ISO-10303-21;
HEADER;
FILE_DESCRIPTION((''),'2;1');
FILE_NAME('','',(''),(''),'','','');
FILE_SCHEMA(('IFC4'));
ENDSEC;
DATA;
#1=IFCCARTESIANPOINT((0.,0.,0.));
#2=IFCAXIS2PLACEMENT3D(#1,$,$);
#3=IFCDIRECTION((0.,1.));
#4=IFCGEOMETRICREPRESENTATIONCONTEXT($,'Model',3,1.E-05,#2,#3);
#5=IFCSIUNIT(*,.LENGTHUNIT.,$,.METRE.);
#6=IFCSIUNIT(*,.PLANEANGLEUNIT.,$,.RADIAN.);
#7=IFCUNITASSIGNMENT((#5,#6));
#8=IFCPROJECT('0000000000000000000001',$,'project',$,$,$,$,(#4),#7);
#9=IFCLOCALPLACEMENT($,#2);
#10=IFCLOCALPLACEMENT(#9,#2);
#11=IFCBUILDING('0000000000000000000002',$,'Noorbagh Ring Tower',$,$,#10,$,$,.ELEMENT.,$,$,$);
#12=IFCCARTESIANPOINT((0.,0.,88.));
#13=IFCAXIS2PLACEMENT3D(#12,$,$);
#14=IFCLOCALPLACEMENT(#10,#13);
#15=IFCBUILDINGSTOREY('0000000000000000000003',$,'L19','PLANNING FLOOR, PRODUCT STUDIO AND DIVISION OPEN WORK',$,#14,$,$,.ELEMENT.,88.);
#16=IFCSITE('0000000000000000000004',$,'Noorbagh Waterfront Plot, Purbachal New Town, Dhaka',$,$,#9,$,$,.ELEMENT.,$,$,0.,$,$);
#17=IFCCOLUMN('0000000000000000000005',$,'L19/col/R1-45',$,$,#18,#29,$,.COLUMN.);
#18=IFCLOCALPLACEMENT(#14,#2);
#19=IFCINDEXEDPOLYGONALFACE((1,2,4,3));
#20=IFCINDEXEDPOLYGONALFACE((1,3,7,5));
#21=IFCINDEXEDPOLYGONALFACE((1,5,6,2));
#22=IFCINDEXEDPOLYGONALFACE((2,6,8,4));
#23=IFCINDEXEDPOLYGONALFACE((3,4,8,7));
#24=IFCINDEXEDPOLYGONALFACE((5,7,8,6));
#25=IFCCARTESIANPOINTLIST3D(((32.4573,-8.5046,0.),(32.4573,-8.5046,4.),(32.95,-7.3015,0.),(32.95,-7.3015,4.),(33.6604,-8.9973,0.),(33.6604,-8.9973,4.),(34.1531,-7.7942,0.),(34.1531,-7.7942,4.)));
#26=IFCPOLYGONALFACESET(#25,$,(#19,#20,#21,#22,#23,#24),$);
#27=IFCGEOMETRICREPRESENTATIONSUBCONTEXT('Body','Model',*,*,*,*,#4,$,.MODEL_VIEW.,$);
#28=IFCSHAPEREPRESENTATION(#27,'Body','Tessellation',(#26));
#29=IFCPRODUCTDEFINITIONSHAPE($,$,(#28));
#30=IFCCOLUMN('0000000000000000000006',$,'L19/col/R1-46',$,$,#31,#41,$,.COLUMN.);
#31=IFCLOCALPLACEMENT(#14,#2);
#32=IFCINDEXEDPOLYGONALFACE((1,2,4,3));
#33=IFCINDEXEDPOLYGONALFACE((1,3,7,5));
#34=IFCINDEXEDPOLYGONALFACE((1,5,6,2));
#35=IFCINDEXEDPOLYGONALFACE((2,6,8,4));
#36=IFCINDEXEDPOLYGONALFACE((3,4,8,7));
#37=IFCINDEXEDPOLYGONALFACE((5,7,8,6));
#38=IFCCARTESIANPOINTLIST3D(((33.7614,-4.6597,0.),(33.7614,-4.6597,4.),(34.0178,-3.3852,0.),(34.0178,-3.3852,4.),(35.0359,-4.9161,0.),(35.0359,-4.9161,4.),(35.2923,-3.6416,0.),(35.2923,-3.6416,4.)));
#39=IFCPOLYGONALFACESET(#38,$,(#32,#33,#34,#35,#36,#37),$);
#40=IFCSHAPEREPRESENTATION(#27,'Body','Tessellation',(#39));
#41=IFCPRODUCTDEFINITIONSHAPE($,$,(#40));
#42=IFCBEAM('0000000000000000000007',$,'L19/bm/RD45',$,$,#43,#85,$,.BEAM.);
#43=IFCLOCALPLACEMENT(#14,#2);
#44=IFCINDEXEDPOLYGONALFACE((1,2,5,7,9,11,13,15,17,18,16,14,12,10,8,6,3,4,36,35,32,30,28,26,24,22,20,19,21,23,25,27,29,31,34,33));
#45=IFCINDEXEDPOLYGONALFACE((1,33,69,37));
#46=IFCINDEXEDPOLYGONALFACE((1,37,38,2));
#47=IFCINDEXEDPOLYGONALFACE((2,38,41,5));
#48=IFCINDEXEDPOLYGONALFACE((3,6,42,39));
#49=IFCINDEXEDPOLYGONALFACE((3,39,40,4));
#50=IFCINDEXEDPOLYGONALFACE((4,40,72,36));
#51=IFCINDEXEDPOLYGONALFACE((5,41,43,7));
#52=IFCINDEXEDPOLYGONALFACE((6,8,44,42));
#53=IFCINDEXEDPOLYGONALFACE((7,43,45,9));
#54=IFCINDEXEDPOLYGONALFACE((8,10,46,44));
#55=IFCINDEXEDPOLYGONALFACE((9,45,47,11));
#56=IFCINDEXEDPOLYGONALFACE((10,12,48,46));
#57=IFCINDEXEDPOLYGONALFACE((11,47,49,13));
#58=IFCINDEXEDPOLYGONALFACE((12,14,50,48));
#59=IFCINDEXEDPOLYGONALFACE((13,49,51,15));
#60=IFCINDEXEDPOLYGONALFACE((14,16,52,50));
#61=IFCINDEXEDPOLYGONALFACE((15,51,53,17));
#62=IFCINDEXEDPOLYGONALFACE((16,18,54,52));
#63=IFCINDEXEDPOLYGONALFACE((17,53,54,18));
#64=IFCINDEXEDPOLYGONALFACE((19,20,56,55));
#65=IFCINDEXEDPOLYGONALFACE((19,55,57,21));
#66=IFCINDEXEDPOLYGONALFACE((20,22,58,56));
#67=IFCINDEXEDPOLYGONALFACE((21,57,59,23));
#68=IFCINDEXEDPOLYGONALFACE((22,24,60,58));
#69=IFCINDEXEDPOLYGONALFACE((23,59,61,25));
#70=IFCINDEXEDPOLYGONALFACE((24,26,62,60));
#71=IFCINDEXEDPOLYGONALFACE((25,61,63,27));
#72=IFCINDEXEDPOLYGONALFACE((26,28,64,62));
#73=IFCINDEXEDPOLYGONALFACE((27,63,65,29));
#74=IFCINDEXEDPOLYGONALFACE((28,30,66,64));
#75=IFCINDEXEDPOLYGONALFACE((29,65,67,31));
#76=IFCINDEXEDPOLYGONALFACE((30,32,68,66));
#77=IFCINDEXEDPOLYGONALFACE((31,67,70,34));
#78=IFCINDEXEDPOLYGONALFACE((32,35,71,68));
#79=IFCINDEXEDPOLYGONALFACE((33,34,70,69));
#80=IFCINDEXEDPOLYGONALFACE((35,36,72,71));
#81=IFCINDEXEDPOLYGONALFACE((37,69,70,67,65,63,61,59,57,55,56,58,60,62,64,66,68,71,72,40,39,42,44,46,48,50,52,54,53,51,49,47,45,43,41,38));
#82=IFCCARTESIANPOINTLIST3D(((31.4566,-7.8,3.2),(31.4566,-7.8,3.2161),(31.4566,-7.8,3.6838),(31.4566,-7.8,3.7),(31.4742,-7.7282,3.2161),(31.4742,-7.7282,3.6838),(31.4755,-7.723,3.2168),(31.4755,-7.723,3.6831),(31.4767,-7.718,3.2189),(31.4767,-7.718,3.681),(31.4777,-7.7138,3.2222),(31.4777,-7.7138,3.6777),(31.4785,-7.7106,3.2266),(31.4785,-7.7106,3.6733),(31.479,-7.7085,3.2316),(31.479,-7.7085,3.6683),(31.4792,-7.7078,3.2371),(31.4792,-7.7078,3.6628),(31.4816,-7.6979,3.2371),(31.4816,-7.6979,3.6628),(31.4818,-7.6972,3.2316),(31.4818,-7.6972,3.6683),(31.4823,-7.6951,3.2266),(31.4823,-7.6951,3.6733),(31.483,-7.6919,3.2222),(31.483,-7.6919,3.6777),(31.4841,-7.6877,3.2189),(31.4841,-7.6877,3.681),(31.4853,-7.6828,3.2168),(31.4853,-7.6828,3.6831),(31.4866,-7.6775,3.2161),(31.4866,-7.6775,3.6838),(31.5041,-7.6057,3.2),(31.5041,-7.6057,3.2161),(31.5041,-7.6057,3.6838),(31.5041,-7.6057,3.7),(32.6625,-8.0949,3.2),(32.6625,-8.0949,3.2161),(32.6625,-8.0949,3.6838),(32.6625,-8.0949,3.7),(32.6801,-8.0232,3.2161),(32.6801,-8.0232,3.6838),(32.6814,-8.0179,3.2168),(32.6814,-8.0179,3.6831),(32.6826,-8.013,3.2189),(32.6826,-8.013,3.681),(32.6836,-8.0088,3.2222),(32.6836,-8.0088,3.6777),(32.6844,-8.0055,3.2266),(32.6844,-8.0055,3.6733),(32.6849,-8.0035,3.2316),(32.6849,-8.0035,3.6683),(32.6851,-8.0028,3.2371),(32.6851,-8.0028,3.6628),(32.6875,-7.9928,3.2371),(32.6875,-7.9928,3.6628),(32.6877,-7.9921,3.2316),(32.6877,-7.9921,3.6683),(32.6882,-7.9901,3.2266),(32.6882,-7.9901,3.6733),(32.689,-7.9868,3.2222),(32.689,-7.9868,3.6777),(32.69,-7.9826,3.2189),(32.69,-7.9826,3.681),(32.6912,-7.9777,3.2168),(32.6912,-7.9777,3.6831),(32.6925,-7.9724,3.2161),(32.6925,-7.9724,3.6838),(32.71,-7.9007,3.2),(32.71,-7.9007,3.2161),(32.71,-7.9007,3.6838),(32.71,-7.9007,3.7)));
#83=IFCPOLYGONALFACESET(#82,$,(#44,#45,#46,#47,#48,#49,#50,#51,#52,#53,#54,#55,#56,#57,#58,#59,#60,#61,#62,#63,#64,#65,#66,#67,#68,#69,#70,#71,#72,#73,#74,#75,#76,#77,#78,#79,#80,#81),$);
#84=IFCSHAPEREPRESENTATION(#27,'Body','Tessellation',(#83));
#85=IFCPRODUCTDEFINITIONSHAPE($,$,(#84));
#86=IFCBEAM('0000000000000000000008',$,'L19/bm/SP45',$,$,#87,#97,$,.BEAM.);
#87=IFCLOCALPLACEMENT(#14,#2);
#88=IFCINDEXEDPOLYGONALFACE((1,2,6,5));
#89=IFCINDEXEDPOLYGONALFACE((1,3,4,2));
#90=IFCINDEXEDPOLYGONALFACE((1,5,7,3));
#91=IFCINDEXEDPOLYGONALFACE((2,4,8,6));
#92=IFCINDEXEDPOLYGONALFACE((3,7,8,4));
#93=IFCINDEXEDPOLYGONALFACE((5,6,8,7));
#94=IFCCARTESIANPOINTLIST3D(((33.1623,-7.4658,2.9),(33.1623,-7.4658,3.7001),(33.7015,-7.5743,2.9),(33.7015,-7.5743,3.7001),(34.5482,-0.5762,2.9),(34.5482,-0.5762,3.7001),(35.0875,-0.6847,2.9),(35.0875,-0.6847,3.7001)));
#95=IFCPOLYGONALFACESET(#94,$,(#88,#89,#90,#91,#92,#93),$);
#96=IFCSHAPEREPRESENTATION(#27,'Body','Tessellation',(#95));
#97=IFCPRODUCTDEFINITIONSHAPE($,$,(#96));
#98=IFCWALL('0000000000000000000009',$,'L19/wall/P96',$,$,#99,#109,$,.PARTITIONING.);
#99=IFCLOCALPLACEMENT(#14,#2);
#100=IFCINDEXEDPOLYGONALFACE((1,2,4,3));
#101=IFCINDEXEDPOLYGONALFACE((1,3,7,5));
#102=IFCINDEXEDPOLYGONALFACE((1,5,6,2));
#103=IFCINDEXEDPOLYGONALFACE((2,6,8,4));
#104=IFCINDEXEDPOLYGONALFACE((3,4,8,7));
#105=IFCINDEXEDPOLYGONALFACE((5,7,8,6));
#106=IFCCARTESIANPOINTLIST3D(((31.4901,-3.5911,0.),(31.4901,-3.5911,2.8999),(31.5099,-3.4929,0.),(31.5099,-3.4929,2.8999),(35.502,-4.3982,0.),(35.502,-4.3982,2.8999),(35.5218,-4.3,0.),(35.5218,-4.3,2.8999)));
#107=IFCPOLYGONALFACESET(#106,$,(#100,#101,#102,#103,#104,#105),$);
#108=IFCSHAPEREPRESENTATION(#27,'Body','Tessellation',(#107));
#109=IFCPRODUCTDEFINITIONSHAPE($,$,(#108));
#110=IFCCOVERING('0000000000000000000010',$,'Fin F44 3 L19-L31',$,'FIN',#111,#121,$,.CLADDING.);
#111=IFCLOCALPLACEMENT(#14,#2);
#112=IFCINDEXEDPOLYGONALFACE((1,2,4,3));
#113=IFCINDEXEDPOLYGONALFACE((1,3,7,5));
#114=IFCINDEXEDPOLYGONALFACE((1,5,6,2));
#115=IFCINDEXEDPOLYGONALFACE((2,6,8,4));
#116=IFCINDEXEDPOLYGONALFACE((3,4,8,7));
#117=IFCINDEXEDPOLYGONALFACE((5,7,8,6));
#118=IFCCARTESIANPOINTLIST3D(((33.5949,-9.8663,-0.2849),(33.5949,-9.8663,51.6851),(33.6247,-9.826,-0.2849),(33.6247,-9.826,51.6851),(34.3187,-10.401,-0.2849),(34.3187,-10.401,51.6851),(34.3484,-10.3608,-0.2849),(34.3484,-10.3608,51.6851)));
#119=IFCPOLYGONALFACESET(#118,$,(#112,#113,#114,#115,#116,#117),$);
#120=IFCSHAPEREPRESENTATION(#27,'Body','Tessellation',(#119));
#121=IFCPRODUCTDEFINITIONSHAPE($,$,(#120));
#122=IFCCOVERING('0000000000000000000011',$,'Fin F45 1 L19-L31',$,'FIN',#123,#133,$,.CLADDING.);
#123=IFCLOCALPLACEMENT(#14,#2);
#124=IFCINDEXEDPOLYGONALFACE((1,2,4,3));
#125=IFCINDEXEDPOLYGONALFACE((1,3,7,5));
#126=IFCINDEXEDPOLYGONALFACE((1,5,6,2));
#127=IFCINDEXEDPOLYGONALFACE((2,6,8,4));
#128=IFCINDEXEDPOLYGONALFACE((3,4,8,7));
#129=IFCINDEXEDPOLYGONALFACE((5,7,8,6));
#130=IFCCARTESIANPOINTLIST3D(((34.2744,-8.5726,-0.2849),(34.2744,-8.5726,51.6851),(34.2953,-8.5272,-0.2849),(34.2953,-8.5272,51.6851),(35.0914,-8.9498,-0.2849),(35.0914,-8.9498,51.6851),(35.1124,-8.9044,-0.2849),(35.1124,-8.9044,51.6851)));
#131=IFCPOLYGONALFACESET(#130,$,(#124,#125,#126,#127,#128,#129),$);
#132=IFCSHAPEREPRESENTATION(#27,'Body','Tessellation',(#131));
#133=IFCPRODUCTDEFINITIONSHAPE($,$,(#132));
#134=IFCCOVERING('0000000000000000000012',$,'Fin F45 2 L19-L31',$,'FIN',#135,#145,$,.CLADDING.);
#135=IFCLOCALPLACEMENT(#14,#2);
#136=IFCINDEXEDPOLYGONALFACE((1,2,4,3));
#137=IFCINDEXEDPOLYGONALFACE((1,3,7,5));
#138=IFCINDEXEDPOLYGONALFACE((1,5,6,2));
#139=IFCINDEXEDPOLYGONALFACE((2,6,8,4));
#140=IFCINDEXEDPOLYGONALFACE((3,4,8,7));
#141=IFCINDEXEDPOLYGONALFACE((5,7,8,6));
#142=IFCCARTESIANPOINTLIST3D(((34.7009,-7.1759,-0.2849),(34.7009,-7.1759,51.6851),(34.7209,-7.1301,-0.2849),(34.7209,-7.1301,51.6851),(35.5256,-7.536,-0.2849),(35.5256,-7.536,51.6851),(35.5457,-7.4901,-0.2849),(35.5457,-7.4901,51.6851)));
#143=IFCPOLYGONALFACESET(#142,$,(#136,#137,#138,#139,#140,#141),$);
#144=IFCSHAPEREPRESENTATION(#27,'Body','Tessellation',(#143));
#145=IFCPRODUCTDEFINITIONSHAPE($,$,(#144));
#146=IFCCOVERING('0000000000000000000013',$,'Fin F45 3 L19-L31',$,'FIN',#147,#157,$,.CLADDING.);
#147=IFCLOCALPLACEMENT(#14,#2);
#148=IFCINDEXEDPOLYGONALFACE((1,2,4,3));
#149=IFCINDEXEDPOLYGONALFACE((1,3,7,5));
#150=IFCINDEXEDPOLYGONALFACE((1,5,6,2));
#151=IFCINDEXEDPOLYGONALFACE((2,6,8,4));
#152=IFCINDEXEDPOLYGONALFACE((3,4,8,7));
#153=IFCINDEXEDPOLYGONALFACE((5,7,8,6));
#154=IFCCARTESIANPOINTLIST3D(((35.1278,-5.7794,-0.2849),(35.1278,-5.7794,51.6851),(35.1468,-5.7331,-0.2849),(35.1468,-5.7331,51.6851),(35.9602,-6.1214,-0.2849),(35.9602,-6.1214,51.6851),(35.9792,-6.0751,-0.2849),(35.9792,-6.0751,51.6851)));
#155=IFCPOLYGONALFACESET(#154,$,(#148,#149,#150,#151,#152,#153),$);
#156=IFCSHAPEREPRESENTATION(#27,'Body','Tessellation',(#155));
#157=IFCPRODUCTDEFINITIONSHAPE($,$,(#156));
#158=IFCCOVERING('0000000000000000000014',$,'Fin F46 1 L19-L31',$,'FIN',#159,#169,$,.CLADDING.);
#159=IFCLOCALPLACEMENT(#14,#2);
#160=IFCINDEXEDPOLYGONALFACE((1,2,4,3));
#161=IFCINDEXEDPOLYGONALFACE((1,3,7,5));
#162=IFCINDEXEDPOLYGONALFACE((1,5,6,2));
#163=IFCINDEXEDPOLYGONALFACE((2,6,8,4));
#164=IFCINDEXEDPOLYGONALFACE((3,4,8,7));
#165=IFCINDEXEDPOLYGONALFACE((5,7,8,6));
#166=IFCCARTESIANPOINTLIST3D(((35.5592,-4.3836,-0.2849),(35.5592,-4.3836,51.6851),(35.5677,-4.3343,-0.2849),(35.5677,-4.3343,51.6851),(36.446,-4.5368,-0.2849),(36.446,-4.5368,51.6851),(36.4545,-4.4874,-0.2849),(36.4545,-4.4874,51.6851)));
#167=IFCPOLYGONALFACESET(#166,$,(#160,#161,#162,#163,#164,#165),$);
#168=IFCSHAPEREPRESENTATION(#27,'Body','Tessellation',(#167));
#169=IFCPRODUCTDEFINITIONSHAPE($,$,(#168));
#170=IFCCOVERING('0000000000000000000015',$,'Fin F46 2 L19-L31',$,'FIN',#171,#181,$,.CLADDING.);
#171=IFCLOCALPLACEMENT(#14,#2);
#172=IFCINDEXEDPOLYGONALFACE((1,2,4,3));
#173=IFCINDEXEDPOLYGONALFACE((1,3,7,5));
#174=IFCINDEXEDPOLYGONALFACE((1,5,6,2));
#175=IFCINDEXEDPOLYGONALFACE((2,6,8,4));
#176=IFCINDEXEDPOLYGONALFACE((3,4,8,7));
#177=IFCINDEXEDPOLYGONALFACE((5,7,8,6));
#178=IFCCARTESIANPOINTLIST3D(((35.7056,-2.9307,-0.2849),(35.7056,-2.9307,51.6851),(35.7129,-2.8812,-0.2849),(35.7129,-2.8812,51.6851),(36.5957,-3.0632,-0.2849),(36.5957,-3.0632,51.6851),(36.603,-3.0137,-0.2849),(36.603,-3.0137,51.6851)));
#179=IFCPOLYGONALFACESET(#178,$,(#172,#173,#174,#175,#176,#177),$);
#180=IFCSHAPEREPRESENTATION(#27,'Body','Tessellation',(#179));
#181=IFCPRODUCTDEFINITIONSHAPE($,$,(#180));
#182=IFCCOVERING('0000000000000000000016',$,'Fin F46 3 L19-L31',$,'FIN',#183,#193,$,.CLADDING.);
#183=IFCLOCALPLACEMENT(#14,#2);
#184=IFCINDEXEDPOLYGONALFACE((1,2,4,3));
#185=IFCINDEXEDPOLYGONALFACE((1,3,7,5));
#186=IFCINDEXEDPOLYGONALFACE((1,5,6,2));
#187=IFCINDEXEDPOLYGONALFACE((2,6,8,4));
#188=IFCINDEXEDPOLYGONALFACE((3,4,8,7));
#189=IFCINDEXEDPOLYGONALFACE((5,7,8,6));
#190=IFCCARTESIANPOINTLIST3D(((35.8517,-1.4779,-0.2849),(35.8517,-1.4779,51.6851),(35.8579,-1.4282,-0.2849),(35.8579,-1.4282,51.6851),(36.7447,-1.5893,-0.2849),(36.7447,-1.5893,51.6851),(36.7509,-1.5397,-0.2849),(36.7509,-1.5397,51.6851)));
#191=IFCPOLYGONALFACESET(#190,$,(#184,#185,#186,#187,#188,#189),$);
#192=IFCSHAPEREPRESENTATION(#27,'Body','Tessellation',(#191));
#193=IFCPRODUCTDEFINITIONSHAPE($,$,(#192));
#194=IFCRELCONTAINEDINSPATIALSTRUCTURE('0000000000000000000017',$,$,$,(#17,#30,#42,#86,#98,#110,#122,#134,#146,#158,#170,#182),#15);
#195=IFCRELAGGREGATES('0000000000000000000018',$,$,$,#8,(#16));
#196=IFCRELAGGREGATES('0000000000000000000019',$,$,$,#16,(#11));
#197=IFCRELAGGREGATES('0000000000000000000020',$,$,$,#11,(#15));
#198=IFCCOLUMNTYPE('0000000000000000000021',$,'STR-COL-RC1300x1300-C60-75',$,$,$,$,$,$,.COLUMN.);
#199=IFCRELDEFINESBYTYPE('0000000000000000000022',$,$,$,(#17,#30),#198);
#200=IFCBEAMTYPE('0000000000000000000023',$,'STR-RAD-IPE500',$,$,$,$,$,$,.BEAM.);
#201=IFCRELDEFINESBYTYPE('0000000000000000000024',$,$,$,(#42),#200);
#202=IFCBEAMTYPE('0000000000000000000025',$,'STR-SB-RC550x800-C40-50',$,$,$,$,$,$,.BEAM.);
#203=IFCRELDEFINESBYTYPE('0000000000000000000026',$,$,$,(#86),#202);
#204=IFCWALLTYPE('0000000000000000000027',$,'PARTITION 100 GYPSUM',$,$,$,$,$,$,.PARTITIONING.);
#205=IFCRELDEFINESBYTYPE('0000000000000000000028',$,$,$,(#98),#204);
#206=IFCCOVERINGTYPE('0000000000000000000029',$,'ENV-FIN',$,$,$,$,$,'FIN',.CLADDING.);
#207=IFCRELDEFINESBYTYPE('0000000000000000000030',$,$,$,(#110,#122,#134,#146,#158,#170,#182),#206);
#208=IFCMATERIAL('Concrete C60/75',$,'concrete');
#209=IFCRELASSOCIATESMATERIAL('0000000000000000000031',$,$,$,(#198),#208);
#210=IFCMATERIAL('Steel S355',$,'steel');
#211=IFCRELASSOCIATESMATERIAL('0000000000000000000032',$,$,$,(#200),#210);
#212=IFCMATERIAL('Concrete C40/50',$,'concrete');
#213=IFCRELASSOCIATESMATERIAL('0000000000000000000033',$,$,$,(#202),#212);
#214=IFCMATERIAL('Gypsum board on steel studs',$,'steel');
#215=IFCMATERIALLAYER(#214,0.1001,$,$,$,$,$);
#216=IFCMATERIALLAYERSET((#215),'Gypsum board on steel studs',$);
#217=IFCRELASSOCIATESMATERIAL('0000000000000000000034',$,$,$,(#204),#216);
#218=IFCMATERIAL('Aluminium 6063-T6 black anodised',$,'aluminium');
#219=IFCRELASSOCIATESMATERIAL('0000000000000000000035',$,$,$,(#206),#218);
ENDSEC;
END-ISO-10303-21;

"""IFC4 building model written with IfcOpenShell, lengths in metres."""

from ifc_helpers import new_model, si_unit, direction, frame, frame_2d, origin, origin_2d, place, context, subcontext, project, spatial, rectangle, i_section, extrude, material, layer, layer_set, material_profile, profile_set, type_object, element, save


model = new_model("IFC4")

# Units and contexts
model_context = context("Model", 3, precision=1e-05, world=origin(), true_north=direction((0.0, 1.0)))
body_context = subcontext(model_context, "Body", "Model", "MODEL_VIEW")
ifc_project = project(units=[si_unit("LENGTHUNIT", "METRE"), si_unit("PLANEANGLEUNIT", "RADIAN")], contexts=[model_context])

# Site, building, storey
site_placement = place(None, origin())
site = spatial("IfcSite", under=ifc_project, at=site_placement, Name="Noorbagh Waterfront Plot, Purbachal New Town, Dhaka", CompositionType="ELEMENT", RefElevation=0.0)
building_placement = place(site_placement, origin())
building = spatial("IfcBuilding", under=site, at=building_placement, Name="Noorbagh Ring Tower", CompositionType="ELEMENT")
storey_placement = place(building_placement, frame((0.0, 0.0, 88.0)))
storey = spatial("IfcBuildingStorey", under=building, at=storey_placement, Name="L19", Description="PLANNING FLOOR, PRODUCT STUDIO AND DIVISION OPEN WORK", CompositionType="ELEMENT", Elevation=88.0)

# Columns
ifc_material_1 = material(Name="Concrete C60/75", Category="concrete")
ifc_material_profile_1 = material_profile(ifc_material_1, rectangle(XDim=1.3, YDim=1.3, at=origin_2d()), Name="RC1300x1300")
ifc_profile_set_1 = profile_set([ifc_material_profile_1], Name="Concrete C60/75")
column_type = type_object("IfcColumnType", Name="STR-COL-RC1300x1300-C60-75", PredefinedType="COLUMN", material=ifc_profile_set_1)
for number, where, z_axis, x_axis, name in (
    (1, (33.3052, -8.1494, 0.0), (0.0, 0.0, 1.0), (0.378989, 0.925401, 0.0), "L19/col/R1-45"),
    (2, (34.5269, -4.1506, 0.0), (0.0, 0.0, 1.0), (0.19723, 0.980357, 0.0), "L19/col/R1-46"),
):
    element("IfcColumn", number, at=place(storey_placement, frame(where, z_axis=z_axis, x_axis=x_axis)), inside=storey, type_object=column_type, Name=name, PredefinedType="COLUMN", context=body_context, shape_type="SweptSolid", body=[
        extrude(rectangle(XDim=1.3, YDim=1.3, at=origin_2d()), origin(), (0.0, 0.0, 1.0), 4.0),
    ])

# Beams
ifc_material_2 = material(Name="Steel S355", Category="steel")
ifc_material_profile_2 = material_profile(ifc_material_2, i_section(OverallWidth=0.2, OverallDepth=0.5, WebThickness=0.0103, FlangeThickness=0.0161, FilletRadius=0.021, at=origin_2d()), Name="IPE500")
ifc_profile_set_2 = profile_set([ifc_material_profile_2], Name="Steel S355")
beam_type_1 = type_object("IfcBeamType", Name="STR-RAD-IPE500", PredefinedType="BEAM", material=ifc_profile_set_2)
beam_1_placement = place(storey_placement, frame((32.6863, -7.9978, 3.45), z_axis=(-0.971368, 0.237581, 0.0), x_axis=(-0.237581, -0.971368, 0.0)))
element("IfcBeam", 3, at=beam_1_placement, inside=storey, type_object=beam_type_1, Name="L19/bm/RD45", PredefinedType="BEAM", context=body_context, shape_type="SweptSolid", body=[
    extrude(i_section(OverallWidth=0.2, OverallDepth=0.5, WebThickness=0.0103, FlangeThickness=0.0161, FilletRadius=0.021, at=origin_2d()), origin(), (0.0, 0.0, 1.0), 1.2415),
])
ifc_material_3 = material(Name="Concrete C40/50", Category="concrete")
ifc_material_profile_3 = material_profile(ifc_material_3, rectangle(XDim=0.55, YDim=0.8, at=origin_2d()), Name="RC550x800")
ifc_profile_set_3 = profile_set([ifc_material_profile_3], Name="Concrete C40/50")
beam_type_2 = type_object("IfcBeamType", Name="STR-SB-RC550x800-C40-50", PredefinedType="BEAM", material=ifc_profile_set_3)
beam_2_placement = place(storey_placement, frame((33.4319, -7.52, 3.3), z_axis=(0.197218, 0.98036, 0.0), x_axis=(-0.98036, 0.197218, 0.0)))
element("IfcBeam", 4, at=beam_2_placement, inside=storey, type_object=beam_type_2, Name="L19/bm/SP45", PredefinedType="BEAM", context=body_context, shape_type="SweptSolid", body=[
    extrude(rectangle(XDim=0.55, YDim=0.8, at=origin_2d()), origin(), (0.0, 0.0, 1.0), 7.0276),
])

# Wall
ifc_material_4 = material(Name="Gypsum board on steel studs", Category="steel")
ifc_layer = layer(ifc_material_4, 0.1001)
ifc_layer_set = layer_set([ifc_layer], Name="Gypsum board on steel studs")
wall_type = type_object("IfcWallType", Name="PARTITION 100 GYPSUM", PredefinedType="PARTITIONING", material=ifc_layer_set)
wall_placement = place(storey_placement, frame((31.5, -3.542, 0.0), z_axis=(0.0, 0.0, 1.0), x_axis=(0.980357, -0.197229, 0.0)))
element("IfcWall", 5, at=wall_placement, inside=storey, type_object=wall_type, Name="L19/wall/P96", PredefinedType="PARTITIONING", context=body_context, shape_type="SweptSolid", body=[
    extrude(rectangle(XDim=4.0923, YDim=0.1001, at=frame_2d((2.0461, 0.0))), origin(), (0.0, 0.0, 1.0), 2.8999),
])

# Coverings
ifc_material_5 = material(Name="Aluminium 6063-T6 black anodised", Category="aluminium")
ifc_material_profile_4 = material_profile(ifc_material_5, rectangle(XDim=0.8999, YDim=0.05, at=origin_2d()), Name="900x50")
ifc_profile_set_4 = profile_set([ifc_material_profile_4], Name="Aluminium 6063-T6 black anodised")
covering_type = type_object("IfcCoveringType", Name="ENV-FIN", ElementType="FIN", PredefinedType="CLADDING", material=ifc_profile_set_4)
for number, where, z_axis, x_axis, name in (
    (6, (33.9717, -10.1135, -0.2849), (0.0, 0.0, 1.0), (0.80426, -0.594277, 0.0), "Fin F44 3 L19-L31"),
    (7, (34.6934, -8.7385, -0.2849), (0.0, 0.0, 1.0), (0.907912, -0.419162, 0.0), "Fin F45 1 L19-L31"),
    (8, (35.1233, -7.333, -0.2849), (0.0, 0.0, 1.0), (0.916475, -0.400092, 0.0), "Fin F45 2 L19-L31"),
    (9, (35.5535, -5.9272, -0.2849), (0.0, 0.0, 1.0), (0.925001, -0.379965, 0.0), "Fin F45 3 L19-L31"),
    (10, (36.0068, -4.4355, -0.2849), (0.0, 0.0, 1.0), (0.985419, -0.170147, 0.0), "Fin F46 1 L19-L31"),
    (11, (36.1543, -2.9722, -0.2849), (0.0, 0.0, 1.0), (0.989103, -0.147226, 0.0), "Fin F46 2 L19-L31"),
    (12, (36.3013, -1.5088, -0.2849), (0.0, 0.0, 1.0), (0.992303, -0.123835, 0.0), "Fin F46 3 L19-L31"),
):
    element("IfcCovering", number, at=place(storey_placement, frame(where, z_axis=z_axis, x_axis=x_axis)), inside=storey, type_object=covering_type, Name=name, ObjectType="FIN", PredefinedType="CLADDING", context=body_context, shape_type="SweptSolid", body=[
        extrude(rectangle(XDim=0.8999, YDim=0.05, at=origin_2d()), origin(), (0.0, 0.0, 1.0), 51.97),
    ])

save(model, "model.ifc")
